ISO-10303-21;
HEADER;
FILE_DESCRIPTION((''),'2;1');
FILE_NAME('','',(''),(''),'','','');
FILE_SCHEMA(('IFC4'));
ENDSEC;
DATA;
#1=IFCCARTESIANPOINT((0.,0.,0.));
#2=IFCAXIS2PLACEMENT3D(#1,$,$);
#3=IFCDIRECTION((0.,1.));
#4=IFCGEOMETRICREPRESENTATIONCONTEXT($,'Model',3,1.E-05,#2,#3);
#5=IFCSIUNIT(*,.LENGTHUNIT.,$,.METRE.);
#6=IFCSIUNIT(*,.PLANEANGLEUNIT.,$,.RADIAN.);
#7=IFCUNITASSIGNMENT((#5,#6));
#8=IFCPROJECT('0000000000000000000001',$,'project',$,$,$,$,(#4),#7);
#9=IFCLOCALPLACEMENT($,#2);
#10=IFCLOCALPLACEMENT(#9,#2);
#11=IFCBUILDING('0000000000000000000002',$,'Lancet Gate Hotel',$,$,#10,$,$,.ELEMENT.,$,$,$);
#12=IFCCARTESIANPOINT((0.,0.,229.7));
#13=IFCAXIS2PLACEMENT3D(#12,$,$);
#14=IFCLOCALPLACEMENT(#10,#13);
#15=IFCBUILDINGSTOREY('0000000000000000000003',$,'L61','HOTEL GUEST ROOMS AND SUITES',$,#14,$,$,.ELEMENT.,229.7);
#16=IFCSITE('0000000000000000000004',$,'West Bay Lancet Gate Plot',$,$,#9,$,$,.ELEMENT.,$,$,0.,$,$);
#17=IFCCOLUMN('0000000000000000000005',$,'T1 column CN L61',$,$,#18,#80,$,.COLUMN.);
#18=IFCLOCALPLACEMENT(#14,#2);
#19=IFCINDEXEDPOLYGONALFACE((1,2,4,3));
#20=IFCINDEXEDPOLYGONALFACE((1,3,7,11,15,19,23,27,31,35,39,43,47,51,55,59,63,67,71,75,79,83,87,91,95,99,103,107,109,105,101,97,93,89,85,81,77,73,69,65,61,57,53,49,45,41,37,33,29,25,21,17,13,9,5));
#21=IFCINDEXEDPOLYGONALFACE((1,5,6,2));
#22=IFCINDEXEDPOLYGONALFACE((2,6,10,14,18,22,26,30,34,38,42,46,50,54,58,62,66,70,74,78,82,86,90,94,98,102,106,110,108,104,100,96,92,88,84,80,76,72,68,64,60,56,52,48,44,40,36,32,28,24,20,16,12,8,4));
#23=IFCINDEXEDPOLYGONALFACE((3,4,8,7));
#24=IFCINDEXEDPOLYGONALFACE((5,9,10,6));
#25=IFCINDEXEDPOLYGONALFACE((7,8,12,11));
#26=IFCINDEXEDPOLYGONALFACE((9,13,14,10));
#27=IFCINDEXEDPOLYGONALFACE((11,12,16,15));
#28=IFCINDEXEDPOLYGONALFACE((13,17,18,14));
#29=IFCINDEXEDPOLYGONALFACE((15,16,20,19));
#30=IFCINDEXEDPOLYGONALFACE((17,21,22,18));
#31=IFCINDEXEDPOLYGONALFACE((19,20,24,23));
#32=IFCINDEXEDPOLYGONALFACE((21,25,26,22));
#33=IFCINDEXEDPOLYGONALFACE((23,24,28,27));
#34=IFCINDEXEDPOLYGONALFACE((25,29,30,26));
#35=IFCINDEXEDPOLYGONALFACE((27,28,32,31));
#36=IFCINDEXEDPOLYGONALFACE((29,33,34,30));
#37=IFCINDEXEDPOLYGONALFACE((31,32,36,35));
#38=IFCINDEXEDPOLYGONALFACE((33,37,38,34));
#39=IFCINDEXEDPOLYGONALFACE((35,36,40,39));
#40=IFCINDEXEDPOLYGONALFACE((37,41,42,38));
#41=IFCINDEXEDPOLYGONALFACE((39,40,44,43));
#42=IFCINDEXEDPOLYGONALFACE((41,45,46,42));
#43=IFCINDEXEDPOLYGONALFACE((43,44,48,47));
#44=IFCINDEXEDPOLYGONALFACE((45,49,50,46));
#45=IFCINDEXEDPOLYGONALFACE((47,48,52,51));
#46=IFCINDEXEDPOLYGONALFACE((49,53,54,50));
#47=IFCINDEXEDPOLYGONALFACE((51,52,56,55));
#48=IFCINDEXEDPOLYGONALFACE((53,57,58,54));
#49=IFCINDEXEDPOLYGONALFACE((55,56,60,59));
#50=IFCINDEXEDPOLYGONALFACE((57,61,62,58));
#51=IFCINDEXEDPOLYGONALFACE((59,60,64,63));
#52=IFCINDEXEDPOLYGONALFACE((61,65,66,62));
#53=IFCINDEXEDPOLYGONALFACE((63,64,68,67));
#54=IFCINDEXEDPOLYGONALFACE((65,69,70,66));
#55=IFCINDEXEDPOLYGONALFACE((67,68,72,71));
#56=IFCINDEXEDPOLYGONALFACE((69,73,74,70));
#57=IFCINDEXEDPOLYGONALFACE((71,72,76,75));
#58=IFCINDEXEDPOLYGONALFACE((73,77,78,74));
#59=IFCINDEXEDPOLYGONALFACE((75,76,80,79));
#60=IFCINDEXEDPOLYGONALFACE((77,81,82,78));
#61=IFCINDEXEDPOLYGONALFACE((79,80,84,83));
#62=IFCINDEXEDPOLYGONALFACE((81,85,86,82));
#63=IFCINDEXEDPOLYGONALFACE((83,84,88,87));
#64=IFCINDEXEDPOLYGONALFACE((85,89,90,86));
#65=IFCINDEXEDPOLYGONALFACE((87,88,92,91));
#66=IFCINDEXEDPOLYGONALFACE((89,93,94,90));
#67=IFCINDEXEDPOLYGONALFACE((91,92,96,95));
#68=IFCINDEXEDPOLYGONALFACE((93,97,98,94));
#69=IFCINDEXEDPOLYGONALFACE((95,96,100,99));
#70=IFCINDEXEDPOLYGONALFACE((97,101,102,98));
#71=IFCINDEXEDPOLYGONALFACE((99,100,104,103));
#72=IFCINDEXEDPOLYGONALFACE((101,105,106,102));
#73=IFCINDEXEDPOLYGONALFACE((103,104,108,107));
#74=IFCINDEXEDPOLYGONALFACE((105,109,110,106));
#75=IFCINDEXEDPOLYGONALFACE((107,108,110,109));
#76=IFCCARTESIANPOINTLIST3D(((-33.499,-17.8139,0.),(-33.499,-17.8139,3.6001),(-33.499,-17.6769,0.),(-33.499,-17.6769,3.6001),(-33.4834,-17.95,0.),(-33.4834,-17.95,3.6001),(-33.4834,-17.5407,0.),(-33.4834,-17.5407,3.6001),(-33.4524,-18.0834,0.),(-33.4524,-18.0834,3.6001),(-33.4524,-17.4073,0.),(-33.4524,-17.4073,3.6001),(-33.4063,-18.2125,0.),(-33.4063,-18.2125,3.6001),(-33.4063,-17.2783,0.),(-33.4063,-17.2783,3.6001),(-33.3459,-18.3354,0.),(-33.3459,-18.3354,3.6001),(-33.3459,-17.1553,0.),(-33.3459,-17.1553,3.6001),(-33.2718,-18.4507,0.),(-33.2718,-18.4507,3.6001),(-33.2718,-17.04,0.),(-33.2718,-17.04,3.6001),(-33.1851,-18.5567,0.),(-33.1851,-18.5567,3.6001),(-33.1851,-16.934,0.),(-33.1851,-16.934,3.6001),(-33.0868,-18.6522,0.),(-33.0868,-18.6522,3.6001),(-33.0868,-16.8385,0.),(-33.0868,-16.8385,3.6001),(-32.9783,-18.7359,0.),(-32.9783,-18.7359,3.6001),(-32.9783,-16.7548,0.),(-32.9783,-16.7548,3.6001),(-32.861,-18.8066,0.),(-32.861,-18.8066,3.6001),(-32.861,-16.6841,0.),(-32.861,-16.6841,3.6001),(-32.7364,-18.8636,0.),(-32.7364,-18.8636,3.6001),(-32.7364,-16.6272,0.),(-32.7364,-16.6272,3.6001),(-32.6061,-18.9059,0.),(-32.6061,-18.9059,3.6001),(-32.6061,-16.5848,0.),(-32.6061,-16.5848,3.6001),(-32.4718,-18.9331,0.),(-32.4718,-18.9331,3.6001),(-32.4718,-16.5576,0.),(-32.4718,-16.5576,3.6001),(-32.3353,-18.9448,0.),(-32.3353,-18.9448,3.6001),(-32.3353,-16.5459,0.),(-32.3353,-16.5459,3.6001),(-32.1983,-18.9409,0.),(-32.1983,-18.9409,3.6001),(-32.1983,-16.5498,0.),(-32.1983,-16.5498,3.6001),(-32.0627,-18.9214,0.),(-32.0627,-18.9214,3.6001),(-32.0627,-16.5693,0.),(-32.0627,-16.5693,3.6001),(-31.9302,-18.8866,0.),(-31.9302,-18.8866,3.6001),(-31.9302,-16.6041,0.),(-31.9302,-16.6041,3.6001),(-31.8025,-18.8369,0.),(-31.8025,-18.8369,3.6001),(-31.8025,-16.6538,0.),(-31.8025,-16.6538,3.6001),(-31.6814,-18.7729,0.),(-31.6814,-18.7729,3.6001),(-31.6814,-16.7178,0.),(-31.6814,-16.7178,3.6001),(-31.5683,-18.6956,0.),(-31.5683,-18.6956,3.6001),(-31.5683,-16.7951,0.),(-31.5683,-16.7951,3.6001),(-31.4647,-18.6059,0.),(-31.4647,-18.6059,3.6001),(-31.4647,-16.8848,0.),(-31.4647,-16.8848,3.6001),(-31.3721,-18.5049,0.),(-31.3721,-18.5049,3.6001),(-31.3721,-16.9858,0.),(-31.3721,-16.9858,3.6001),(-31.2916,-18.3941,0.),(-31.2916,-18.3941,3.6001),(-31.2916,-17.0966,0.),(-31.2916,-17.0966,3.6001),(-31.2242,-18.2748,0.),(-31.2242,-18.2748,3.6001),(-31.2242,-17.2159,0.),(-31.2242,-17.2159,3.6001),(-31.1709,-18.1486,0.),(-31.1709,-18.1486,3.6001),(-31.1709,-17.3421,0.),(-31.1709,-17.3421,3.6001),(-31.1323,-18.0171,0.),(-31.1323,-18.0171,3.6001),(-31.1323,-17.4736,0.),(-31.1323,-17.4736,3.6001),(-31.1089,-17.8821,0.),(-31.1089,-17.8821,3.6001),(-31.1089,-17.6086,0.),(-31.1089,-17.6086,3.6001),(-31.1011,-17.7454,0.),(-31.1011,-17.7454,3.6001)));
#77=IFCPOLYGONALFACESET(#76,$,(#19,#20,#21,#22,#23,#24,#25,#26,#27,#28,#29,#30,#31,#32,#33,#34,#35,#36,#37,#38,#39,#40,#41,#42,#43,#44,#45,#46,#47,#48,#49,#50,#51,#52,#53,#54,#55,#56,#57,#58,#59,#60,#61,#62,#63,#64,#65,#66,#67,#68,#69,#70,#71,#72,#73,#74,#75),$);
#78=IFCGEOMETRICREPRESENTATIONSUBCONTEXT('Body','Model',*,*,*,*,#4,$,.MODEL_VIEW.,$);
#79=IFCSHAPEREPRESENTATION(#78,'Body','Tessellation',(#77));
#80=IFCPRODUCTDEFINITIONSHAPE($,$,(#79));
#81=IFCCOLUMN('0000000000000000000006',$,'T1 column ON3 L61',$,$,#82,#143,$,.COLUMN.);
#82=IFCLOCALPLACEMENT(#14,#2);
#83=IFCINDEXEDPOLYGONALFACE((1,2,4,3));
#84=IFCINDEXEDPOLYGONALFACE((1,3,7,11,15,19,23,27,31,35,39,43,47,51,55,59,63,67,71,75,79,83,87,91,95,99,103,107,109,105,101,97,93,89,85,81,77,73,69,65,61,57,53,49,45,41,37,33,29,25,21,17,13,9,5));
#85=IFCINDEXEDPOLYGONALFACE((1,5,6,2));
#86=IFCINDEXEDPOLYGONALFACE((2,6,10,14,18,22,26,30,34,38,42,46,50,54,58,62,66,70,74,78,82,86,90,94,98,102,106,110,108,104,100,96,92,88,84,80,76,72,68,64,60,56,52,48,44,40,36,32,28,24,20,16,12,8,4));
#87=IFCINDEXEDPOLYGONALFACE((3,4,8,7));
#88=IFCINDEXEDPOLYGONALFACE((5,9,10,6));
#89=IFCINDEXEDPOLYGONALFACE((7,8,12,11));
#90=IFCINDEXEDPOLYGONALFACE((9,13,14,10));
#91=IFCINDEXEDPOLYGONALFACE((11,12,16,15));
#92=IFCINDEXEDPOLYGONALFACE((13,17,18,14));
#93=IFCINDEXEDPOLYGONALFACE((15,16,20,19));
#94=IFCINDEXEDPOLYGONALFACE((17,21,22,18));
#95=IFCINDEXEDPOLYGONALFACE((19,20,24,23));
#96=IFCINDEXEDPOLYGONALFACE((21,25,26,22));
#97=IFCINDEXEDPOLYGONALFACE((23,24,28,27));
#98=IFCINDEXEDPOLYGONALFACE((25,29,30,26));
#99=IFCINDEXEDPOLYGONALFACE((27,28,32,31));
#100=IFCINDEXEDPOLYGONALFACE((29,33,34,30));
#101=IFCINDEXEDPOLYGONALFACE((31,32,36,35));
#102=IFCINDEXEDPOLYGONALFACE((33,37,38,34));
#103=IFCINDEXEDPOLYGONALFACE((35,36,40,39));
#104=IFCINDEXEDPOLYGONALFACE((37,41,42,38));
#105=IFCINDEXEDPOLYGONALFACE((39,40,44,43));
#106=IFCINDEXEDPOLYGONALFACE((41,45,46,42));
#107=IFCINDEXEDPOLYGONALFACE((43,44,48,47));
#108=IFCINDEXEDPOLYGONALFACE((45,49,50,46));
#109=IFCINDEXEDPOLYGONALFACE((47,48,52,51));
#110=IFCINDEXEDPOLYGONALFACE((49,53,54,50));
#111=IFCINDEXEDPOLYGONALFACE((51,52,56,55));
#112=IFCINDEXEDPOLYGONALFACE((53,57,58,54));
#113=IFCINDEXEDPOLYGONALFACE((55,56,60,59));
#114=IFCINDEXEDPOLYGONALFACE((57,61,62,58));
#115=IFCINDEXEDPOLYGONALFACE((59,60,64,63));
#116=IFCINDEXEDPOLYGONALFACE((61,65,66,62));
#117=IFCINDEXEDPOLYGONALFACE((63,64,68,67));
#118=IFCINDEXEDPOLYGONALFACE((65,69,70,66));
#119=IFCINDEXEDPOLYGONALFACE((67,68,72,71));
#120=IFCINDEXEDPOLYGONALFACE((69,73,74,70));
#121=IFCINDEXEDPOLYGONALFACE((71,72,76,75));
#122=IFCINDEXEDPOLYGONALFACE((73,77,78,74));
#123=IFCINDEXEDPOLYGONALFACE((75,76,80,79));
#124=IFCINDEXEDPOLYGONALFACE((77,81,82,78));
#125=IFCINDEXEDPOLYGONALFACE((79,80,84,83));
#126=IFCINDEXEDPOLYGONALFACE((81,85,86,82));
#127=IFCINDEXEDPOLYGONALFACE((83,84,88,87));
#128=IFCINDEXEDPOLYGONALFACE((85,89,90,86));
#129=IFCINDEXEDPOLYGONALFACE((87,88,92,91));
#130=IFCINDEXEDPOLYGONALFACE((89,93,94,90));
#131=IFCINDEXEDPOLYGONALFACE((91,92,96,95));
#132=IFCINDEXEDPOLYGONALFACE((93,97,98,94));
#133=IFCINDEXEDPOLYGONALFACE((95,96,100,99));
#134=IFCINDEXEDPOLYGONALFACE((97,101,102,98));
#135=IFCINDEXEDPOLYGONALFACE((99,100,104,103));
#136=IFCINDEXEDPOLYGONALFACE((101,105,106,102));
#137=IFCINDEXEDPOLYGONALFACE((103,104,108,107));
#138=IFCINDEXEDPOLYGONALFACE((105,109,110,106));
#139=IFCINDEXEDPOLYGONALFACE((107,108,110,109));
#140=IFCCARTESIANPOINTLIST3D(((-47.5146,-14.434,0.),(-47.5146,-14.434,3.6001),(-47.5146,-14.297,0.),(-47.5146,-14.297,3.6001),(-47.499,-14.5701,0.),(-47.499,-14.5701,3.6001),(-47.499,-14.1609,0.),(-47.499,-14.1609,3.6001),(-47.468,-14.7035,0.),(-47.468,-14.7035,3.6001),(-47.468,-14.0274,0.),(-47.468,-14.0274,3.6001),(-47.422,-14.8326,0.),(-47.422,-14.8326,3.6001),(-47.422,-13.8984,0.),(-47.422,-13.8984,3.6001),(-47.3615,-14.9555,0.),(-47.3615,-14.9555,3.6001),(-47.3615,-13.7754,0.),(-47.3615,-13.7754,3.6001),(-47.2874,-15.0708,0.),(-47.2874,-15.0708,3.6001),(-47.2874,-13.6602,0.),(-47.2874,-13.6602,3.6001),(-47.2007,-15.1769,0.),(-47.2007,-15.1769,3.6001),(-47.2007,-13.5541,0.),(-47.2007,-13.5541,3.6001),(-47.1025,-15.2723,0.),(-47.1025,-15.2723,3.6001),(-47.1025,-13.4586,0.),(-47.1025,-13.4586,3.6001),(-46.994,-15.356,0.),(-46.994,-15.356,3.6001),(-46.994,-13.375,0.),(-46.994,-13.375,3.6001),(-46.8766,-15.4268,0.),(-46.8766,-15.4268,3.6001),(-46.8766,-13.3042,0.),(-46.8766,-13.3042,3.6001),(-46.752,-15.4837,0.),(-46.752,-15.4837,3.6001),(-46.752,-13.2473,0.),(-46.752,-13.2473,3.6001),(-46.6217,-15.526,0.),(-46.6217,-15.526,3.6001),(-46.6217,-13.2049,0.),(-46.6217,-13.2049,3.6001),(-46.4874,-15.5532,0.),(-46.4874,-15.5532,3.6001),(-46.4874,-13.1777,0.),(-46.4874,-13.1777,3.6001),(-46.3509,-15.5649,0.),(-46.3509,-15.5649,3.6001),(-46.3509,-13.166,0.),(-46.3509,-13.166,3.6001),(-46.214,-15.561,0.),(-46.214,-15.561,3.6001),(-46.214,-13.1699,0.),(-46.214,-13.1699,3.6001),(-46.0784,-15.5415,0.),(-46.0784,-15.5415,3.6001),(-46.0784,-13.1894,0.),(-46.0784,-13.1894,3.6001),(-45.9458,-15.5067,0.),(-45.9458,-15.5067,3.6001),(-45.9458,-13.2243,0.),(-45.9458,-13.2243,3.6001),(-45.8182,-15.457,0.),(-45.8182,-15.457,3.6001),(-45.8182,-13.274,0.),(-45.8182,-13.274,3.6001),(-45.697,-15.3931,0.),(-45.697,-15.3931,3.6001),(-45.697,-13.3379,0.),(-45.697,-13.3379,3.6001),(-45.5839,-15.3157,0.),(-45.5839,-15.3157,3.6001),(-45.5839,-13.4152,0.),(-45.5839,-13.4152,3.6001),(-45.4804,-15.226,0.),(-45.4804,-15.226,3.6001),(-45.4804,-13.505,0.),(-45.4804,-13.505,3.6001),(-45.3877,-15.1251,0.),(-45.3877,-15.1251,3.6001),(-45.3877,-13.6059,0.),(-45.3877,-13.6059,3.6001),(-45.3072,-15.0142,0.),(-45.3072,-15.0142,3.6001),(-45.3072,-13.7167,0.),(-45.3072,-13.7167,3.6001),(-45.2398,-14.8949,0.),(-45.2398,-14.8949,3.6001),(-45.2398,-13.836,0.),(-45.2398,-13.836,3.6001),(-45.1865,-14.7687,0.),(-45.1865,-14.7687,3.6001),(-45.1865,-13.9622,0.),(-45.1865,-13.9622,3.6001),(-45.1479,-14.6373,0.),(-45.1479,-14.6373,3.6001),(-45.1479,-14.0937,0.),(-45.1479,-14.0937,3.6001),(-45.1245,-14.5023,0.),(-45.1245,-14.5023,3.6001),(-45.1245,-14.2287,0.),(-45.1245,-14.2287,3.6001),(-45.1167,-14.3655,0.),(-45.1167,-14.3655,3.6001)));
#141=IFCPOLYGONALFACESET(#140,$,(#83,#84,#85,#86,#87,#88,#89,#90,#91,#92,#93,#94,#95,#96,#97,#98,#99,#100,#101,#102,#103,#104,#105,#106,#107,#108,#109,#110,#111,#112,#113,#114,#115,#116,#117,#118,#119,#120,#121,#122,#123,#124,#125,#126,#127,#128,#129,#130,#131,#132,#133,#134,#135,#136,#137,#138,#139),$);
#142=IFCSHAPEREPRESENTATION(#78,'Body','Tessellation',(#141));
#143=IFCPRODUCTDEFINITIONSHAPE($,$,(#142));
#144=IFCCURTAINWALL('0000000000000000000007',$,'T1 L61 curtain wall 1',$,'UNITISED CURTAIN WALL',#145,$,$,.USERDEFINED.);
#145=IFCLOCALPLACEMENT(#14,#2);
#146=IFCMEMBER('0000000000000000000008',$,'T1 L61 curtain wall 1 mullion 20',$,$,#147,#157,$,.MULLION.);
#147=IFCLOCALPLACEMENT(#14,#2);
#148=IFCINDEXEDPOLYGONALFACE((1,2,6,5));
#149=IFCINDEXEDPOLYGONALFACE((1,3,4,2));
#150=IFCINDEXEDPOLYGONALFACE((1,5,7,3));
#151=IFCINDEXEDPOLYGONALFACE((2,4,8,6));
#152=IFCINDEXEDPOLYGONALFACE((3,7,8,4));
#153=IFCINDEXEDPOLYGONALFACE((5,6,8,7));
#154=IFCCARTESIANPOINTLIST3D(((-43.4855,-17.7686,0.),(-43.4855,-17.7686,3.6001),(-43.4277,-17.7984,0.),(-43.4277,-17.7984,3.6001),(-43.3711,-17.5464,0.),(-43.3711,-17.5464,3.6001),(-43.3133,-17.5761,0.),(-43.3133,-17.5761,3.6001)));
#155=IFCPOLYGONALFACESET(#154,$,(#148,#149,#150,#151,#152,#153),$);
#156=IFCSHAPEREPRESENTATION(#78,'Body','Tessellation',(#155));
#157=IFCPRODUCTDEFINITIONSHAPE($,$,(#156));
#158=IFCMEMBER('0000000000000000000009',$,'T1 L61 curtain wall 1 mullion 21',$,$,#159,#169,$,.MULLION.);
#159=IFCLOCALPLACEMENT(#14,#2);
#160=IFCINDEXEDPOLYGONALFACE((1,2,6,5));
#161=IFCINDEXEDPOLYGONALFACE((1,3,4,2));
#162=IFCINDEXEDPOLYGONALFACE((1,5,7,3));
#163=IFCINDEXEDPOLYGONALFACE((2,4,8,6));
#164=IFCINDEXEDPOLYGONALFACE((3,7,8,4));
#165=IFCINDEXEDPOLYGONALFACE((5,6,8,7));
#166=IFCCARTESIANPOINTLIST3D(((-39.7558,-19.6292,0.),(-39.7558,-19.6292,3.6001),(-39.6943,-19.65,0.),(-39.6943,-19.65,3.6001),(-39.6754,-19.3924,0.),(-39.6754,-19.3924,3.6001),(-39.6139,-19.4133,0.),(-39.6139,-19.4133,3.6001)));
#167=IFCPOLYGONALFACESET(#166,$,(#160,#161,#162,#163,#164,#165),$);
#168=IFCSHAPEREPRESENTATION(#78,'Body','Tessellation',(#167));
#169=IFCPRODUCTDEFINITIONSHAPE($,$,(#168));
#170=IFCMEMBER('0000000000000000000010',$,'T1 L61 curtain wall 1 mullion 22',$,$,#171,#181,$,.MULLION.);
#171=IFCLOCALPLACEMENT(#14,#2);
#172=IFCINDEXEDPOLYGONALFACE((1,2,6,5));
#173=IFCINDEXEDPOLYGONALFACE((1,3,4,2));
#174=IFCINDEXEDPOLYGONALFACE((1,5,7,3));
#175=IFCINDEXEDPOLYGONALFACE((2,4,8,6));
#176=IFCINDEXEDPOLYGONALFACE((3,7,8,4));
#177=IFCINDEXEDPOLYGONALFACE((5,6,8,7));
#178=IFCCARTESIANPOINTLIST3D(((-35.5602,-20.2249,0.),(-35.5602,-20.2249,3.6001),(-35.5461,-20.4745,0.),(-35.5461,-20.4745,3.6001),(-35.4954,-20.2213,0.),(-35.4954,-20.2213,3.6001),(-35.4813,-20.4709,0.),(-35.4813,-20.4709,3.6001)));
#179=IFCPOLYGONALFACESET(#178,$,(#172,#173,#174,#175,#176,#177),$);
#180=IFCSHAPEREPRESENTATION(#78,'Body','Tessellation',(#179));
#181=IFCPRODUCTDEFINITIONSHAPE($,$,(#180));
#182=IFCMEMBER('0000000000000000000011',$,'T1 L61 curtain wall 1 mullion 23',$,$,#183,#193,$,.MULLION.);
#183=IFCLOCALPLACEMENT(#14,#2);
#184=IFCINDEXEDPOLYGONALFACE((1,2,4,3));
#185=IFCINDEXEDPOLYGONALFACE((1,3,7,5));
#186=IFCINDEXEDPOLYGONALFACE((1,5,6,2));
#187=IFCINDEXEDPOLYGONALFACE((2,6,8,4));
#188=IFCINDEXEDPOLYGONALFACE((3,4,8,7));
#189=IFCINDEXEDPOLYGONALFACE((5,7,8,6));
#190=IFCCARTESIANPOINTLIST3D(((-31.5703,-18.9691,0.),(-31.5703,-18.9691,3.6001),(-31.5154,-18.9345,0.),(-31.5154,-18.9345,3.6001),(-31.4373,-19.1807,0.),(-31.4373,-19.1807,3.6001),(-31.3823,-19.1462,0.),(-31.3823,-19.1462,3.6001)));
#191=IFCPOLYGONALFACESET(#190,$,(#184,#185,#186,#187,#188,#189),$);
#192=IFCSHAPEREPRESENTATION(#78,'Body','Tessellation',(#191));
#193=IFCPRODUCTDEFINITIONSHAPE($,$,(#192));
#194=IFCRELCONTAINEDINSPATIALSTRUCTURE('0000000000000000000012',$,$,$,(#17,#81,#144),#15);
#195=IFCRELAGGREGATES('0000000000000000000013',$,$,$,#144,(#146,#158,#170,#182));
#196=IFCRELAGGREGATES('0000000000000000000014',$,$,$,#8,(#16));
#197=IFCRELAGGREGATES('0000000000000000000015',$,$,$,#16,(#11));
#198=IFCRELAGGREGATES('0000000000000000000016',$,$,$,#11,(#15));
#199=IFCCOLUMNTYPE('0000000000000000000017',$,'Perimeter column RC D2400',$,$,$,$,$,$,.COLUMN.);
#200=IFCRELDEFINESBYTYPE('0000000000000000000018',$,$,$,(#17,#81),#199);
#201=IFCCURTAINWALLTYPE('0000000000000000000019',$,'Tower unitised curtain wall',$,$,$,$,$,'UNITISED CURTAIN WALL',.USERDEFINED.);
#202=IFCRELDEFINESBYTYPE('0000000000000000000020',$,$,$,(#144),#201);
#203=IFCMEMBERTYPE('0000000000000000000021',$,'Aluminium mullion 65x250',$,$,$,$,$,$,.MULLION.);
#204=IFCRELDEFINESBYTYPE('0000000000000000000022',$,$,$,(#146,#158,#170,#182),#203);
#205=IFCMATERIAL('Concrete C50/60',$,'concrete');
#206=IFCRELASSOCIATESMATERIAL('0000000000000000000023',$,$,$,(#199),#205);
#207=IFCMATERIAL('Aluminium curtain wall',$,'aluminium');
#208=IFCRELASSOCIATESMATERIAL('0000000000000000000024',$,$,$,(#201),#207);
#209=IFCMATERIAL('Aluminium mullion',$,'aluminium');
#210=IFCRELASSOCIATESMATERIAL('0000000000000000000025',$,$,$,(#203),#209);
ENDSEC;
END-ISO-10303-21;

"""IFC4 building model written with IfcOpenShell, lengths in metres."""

from ifc_helpers import new_model, si_unit, direction, frame, origin, origin_2d, place, context, subcontext, project, spatial, rectangle, circle, extrude, material, material_profile, profile_set, type_object, element, aggregate, save


model = new_model("IFC4")

# Units and contexts
model_context = context("Model", 3, precision=1e-05, world=origin(), true_north=direction((0.0, 1.0)))
body_context = subcontext(model_context, "Body", "Model", "MODEL_VIEW")
ifc_project = project(units=[si_unit("LENGTHUNIT", "METRE"), si_unit("PLANEANGLEUNIT", "RADIAN")], contexts=[model_context])

# Site, building, storey
site_placement = place(None, origin())
site = spatial("IfcSite", under=ifc_project, at=site_placement, Name="West Bay Lancet Gate Plot", CompositionType="ELEMENT", RefElevation=0.0)
building_placement = place(site_placement, origin())
building = spatial("IfcBuilding", under=site, at=building_placement, Name="Lancet Gate Hotel", CompositionType="ELEMENT")
storey_placement = place(building_placement, frame((0.0, 0.0, 229.7)))
storey = spatial("IfcBuildingStorey", under=building, at=storey_placement, Name="L61", Description="HOTEL GUEST ROOMS AND SUITES", CompositionType="ELEMENT", Elevation=229.7)

# Columns
ifc_material_1 = material(Name="Concrete C50/60", Category="concrete")
ifc_material_profile_1 = material_profile(ifc_material_1, circle(Radius=1.2, at=origin_2d()), Name="RC D2400")
ifc_profile_set_1 = profile_set([ifc_material_profile_1], Name="Concrete C50/60")
column_type = type_object("IfcColumnType", Name="Perimeter column RC D2400", PredefinedType="COLUMN", material=ifc_profile_set_1)
for number, where, z_axis, x_axis, name in (
    (1, (-32.301, -17.7454, 0.0), (0.0, 0.0, 1.0), (1.0, 0.0, 0.0), "T1 column CN L61"),
    (2, (-46.3167, -14.3655, 0.0), (0.0, 0.0, 1.0), (1.0, 0.0, 0.0), "T1 column ON3 L61"),
):
    element("IfcColumn", number, at=place(storey_placement, frame(where, z_axis=z_axis, x_axis=x_axis)), inside=storey, type_object=column_type, Name=name, PredefinedType="COLUMN", context=body_context, shape_type="SweptSolid", body=[
        extrude(circle(Radius=1.2, at=origin_2d()), origin(), (0.0, 0.0, 1.0), 3.6001),
    ])

# Curtain wall, members
ifc_material_2 = material(Name="Aluminium curtain wall", Category="aluminium")
curtain_wall_type = type_object("IfcCurtainWallType", Name="Tower unitised curtain wall", ElementType="UNITISED CURTAIN WALL", PredefinedType="USERDEFINED", material=ifc_material_2)
curtain_wall_placement = place(storey_placement, origin())
curtain_wall = element("IfcCurtainWall", 3, at=curtain_wall_placement, inside=storey, type_object=curtain_wall_type, Name="T1 L61 curtain wall 1", ObjectType="UNITISED CURTAIN WALL", PredefinedType="USERDEFINED")
ifc_material_3 = material(Name="Aluminium mullion", Category="aluminium")
ifc_material_profile_2 = material_profile(ifc_material_3, rectangle(XDim=0.0649, YDim=0.25, at=origin_2d()), Name="MULLION 65x250")
ifc_profile_set_2 = profile_set([ifc_material_profile_2], Name="Aluminium mullion")
member_type_1 = type_object("IfcMemberType", Name="Aluminium mullion 65x250", PredefinedType="MULLION", material=ifc_profile_set_2)
member_1_placement = place(storey_placement, frame((-43.3994, -17.6724, 0.0), z_axis=(0.0, 0.0, 1.0), x_axis=(0.889156, -0.457605, 0.0)))
member_1 = element("IfcMember", 4, at=member_1_placement, type_object=member_type_1, Name="T1 L61 curtain wall 1 mullion 20", PredefinedType="MULLION", context=body_context, shape_type="SweptSolid", body=[
    extrude(rectangle(XDim=0.0649, YDim=0.25, at=origin_2d()), origin(), (0.0, 0.0, 1.0), 3.6001),
])
member_2_placement = place(storey_placement, frame((-39.6848, -19.5212, 0.0), z_axis=(0.0, 0.0, 1.0), x_axis=(0.946888, -0.321564, 0.0)))
member_2 = element("IfcMember", 5, at=member_2_placement, type_object=member_type_1, Name="T1 L61 curtain wall 1 mullion 21", PredefinedType="MULLION", context=body_context, shape_type="SweptSolid", body=[
    extrude(rectangle(XDim=0.0649, YDim=0.25, at=origin_2d()), origin(), (0.0, 0.0, 1.0), 3.6001),
])
member_3_placement = place(storey_placement, frame((-35.5208, -20.3479, 0.0), z_axis=(0.0, 0.0, 1.0), x_axis=(0.998409, 0.056384, 0.0)))
member_3 = element("IfcMember", 6, at=member_3_placement, type_object=member_type_1, Name="T1 L61 curtain wall 1 mullion 22", PredefinedType="MULLION", context=body_context, shape_type="SweptSolid", body=[
    extrude(rectangle(XDim=0.0649, YDim=0.25, at=origin_2d()), origin(), (0.0, 0.0, 1.0), 3.6001),
])
member_4_placement = place(storey_placement, frame((-31.4763, -19.0576, 0.0), z_axis=(0.0, 0.0, 1.0), x_axis=(0.846613, 0.532209, 0.0)))
member_4 = element("IfcMember", 7, at=member_4_placement, type_object=member_type_1, Name="T1 L61 curtain wall 1 mullion 23", PredefinedType="MULLION", context=body_context, shape_type="SweptSolid", body=[
    extrude(rectangle(XDim=0.0649, YDim=0.25, at=origin_2d()), origin(), (0.0, 0.0, 1.0), 3.6001),
])

aggregate(curtain_wall, [member_1, member_2, member_3, member_4])

save(model, "model.ifc")
